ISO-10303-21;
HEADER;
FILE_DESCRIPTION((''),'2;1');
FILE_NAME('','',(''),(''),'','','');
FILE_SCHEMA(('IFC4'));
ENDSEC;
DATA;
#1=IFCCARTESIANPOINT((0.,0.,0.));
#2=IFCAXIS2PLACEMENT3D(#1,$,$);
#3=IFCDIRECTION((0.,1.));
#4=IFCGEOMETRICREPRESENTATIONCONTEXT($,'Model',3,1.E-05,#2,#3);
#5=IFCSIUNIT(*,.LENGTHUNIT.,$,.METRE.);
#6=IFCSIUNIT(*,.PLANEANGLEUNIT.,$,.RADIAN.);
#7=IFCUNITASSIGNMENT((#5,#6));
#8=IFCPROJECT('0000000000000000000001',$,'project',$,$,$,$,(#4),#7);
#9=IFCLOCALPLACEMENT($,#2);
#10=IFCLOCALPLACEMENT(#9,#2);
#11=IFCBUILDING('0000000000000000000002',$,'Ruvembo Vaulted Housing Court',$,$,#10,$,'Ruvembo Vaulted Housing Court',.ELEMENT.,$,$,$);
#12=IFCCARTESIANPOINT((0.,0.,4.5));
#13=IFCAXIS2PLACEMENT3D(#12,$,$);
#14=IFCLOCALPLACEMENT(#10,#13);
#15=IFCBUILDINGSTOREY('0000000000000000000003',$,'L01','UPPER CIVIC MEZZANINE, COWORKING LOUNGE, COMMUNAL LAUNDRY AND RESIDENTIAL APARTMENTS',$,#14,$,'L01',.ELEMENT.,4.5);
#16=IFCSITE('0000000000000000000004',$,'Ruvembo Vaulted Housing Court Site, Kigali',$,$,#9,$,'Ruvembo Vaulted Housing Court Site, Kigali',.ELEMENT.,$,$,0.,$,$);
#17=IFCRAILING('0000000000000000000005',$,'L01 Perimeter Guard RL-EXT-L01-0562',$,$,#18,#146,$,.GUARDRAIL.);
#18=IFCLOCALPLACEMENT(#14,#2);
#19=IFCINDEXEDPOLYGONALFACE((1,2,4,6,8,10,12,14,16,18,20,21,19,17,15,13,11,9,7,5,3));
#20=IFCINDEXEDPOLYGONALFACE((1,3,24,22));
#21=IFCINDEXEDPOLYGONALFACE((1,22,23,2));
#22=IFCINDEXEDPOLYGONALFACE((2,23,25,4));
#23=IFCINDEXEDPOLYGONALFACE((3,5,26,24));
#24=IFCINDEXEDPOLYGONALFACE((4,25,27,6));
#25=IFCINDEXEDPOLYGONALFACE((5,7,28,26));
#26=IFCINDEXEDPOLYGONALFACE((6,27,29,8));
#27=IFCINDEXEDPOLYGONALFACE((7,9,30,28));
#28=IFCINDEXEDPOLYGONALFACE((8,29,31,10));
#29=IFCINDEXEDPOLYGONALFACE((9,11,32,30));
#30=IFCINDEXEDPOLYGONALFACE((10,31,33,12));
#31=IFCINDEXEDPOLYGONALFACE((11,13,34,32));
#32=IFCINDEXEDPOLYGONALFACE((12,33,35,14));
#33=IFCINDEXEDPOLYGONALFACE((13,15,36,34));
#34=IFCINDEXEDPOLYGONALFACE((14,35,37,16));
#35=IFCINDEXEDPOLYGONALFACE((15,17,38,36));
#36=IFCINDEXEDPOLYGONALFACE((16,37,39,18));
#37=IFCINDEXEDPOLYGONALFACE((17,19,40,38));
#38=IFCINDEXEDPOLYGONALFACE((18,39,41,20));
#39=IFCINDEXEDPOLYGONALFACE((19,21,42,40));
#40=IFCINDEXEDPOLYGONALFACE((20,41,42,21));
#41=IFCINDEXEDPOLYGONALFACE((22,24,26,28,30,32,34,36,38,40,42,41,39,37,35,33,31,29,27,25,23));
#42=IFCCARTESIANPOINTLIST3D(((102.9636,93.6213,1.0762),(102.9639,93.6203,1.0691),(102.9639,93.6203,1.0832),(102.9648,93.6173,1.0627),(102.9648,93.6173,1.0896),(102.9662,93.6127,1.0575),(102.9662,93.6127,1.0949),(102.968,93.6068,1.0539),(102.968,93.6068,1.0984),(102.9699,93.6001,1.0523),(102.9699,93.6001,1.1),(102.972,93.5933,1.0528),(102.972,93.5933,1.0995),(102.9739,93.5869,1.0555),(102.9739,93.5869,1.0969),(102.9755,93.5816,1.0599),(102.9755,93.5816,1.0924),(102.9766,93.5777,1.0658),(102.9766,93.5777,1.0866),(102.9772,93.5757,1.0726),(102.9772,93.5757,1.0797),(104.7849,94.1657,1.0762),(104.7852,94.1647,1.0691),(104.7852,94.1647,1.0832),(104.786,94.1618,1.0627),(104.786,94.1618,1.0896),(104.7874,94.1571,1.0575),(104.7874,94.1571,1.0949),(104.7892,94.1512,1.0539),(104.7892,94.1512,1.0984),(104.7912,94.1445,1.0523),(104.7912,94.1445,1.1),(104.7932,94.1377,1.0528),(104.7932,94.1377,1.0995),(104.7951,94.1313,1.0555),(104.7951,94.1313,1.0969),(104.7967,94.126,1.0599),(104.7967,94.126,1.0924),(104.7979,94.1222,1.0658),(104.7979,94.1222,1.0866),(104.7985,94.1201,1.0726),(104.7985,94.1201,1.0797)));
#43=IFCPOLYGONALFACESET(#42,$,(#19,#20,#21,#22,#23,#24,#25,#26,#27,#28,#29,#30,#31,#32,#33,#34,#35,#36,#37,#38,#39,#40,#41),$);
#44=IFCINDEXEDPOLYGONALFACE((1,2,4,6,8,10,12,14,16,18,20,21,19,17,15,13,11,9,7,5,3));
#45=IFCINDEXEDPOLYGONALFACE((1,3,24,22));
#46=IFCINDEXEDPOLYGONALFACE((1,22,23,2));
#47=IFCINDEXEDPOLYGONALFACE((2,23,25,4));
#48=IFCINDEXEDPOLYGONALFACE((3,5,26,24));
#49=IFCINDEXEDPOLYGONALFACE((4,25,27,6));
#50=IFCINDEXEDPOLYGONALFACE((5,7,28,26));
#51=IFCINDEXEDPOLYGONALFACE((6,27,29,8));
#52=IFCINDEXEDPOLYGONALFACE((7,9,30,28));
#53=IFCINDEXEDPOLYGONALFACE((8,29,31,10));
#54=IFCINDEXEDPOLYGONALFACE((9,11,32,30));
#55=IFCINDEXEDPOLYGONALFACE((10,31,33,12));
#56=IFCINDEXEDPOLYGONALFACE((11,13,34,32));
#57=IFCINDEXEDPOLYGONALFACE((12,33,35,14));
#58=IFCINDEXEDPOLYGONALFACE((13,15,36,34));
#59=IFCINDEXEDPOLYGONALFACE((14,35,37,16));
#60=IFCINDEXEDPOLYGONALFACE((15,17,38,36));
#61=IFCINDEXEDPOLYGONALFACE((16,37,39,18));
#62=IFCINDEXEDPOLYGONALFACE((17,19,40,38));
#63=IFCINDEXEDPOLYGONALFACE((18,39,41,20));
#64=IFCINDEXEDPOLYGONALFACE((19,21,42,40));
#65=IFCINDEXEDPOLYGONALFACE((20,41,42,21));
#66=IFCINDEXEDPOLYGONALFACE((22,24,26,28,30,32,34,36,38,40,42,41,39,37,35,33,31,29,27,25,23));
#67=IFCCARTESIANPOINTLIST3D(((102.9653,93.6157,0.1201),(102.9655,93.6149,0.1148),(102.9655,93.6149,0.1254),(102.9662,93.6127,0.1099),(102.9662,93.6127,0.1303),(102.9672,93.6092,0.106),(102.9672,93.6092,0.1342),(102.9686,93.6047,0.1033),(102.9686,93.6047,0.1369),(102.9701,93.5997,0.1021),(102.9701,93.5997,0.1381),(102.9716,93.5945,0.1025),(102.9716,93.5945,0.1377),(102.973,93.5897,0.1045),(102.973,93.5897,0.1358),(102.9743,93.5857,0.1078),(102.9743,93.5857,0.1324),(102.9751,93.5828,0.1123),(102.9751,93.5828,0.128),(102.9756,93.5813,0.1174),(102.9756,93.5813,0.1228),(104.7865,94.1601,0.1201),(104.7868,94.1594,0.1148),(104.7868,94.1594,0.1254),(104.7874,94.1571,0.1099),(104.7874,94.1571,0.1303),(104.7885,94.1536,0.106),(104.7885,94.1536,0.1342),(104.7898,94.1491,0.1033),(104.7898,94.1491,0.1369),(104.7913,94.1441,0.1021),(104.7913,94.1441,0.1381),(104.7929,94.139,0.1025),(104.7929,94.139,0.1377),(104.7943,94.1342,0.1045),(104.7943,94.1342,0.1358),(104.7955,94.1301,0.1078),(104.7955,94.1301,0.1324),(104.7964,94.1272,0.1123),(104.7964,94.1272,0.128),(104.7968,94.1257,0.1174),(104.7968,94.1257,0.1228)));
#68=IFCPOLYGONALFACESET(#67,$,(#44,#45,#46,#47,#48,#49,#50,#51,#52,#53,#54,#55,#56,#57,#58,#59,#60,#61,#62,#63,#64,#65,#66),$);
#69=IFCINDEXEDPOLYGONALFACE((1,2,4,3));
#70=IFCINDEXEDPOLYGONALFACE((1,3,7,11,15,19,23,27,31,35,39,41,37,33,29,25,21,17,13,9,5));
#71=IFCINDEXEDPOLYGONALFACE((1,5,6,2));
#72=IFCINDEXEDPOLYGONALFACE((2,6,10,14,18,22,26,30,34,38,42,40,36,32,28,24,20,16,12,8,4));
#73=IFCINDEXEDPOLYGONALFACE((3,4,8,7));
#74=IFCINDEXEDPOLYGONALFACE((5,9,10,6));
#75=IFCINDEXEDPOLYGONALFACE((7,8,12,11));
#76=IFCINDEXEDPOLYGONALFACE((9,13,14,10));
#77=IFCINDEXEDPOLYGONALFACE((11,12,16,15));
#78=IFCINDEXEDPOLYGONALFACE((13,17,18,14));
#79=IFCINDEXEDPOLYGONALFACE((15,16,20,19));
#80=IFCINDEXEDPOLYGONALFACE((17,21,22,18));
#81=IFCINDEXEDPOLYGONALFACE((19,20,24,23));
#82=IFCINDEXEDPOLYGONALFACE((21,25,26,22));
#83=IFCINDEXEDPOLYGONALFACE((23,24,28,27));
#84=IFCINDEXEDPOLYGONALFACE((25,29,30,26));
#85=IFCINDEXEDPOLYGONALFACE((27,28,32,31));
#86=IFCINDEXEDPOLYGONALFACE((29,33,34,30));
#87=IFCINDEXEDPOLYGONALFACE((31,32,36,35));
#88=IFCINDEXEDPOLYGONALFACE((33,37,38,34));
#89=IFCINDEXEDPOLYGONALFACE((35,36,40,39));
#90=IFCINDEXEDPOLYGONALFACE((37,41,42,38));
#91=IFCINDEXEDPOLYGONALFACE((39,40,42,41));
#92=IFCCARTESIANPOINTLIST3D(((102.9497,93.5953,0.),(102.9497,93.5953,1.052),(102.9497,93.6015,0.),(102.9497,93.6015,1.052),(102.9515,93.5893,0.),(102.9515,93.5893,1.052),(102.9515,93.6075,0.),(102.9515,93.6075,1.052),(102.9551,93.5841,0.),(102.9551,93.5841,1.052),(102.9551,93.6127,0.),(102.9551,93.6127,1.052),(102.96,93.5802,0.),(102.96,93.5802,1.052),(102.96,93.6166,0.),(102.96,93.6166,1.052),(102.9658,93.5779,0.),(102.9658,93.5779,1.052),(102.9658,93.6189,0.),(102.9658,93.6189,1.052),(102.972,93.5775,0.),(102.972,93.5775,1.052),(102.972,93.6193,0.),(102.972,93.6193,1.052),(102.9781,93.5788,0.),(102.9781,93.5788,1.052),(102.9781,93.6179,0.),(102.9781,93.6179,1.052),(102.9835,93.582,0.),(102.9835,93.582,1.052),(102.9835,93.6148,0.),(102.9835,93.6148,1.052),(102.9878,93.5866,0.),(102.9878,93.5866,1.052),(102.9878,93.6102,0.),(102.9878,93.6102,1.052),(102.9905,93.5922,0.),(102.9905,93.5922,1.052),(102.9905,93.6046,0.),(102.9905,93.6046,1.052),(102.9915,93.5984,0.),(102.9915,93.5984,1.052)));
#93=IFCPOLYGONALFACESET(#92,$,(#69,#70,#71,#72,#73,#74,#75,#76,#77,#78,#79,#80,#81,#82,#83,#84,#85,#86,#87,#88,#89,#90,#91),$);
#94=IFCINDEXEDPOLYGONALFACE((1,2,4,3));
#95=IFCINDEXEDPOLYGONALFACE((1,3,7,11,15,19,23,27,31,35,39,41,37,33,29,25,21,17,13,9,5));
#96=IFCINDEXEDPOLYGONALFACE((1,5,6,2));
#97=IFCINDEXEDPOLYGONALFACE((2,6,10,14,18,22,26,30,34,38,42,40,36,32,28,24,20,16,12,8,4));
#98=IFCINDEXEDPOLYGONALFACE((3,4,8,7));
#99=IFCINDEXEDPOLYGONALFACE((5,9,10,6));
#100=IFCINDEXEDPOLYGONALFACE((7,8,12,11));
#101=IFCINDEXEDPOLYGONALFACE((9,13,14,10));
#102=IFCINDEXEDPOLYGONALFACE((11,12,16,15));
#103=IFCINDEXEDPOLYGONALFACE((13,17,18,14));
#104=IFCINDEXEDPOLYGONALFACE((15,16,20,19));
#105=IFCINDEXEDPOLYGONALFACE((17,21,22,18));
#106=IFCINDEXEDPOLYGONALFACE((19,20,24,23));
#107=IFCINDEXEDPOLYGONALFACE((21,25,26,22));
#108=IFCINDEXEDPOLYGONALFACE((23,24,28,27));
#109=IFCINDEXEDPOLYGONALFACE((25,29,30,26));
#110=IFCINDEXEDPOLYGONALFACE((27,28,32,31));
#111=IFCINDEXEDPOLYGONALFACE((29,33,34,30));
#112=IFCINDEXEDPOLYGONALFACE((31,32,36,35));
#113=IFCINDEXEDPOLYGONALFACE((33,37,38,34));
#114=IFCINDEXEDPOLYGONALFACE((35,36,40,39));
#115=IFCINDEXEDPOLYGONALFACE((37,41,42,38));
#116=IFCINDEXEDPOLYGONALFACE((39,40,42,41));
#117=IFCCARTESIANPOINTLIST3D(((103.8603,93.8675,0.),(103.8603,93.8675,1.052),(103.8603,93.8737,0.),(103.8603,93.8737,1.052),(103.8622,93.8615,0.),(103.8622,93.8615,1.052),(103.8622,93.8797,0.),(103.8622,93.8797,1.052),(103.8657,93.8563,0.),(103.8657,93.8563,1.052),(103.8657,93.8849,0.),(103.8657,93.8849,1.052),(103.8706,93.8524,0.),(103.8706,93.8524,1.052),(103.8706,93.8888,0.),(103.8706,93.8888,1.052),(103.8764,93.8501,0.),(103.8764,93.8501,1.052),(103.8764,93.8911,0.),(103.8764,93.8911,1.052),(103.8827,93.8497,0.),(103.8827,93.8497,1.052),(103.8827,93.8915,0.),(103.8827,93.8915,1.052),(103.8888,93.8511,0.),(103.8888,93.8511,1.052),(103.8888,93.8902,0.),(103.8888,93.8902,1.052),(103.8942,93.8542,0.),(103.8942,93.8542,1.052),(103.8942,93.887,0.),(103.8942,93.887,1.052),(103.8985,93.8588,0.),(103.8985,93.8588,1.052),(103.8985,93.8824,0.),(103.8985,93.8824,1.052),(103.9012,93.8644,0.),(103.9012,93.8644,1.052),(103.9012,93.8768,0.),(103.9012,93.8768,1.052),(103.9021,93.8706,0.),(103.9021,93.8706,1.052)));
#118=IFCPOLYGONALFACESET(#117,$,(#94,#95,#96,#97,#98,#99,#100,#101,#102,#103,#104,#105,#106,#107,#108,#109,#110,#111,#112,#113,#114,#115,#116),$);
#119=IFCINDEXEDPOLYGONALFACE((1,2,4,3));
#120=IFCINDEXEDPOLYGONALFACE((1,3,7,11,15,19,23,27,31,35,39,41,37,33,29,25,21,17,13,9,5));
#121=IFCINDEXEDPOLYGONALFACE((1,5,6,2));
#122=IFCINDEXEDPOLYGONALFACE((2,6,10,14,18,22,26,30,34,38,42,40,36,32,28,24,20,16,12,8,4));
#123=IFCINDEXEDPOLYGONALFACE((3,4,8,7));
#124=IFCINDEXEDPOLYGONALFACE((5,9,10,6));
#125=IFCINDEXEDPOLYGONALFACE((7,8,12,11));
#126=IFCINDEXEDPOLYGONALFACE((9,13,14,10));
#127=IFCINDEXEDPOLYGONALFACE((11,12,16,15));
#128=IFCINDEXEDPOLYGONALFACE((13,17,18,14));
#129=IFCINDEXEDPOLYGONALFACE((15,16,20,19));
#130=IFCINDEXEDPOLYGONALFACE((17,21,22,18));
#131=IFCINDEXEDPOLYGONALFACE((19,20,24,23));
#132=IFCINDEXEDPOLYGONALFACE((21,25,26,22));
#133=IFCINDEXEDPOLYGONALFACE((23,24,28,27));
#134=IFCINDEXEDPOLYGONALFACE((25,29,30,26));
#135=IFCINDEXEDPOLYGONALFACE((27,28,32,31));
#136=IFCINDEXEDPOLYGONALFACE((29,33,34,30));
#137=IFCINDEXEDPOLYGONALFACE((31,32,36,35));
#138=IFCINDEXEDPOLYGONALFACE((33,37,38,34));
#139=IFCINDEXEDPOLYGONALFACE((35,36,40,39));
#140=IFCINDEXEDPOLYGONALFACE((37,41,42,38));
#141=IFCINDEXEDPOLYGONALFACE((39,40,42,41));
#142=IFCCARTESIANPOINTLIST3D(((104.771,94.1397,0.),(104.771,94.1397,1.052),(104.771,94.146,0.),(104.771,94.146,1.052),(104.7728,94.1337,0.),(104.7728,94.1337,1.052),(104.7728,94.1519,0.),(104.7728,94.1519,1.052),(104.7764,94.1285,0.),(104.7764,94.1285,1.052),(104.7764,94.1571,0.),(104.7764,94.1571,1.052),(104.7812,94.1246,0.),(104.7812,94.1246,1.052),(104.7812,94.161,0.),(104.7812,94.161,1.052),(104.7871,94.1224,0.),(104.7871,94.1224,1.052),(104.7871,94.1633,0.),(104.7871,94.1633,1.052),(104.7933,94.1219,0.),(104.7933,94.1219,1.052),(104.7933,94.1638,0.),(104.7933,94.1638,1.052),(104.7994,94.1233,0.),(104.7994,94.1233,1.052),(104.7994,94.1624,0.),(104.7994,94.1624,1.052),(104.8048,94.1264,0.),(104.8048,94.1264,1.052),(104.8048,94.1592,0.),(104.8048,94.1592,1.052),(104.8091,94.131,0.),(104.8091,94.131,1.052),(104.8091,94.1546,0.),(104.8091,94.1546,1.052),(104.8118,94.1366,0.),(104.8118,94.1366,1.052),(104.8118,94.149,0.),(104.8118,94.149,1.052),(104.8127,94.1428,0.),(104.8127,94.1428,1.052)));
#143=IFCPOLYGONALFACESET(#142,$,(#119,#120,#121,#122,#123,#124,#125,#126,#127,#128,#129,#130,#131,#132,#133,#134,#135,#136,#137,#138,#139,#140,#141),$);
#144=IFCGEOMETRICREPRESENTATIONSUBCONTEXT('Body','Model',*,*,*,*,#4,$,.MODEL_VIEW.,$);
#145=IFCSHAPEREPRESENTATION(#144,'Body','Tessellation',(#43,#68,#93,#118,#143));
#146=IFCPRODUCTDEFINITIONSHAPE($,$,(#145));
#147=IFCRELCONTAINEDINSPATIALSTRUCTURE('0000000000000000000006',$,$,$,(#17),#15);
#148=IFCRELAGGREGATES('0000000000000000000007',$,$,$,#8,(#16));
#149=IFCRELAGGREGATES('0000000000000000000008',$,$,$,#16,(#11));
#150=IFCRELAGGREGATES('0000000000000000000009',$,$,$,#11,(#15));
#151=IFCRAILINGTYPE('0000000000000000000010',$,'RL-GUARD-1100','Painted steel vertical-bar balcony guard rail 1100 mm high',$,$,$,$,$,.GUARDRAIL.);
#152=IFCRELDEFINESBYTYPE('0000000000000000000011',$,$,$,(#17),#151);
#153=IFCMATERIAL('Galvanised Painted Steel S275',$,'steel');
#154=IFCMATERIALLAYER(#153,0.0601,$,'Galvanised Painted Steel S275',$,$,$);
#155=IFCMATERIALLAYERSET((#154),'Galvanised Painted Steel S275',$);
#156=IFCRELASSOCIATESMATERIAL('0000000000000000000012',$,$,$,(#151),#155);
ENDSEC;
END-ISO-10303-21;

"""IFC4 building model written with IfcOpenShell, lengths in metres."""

from ifc_helpers import new_model, si_unit, direction, frame, origin, origin_2d, place, context, subcontext, project, spatial, circle, extrude, material, layer, layer_set, type_object, element, save


model = new_model("IFC4")

# Units and contexts
model_context = context("Model", 3, precision=1e-05, world=origin(), true_north=direction((0.0, 1.0)))
body_context = subcontext(model_context, "Body", "Model", "MODEL_VIEW")
ifc_project = project(units=[si_unit("LENGTHUNIT", "METRE"), si_unit("PLANEANGLEUNIT", "RADIAN")], contexts=[model_context])

# Site, building, storey
site_placement = place(None, origin())
site = spatial("IfcSite", under=ifc_project, at=site_placement, Name="Ruvembo Vaulted Housing Court Site, Kigali", LongName="Ruvembo Vaulted Housing Court Site, Kigali", CompositionType="ELEMENT", RefElevation=0.0)
building_placement = place(site_placement, origin())
building = spatial("IfcBuilding", under=site, at=building_placement, Name="Ruvembo Vaulted Housing Court", LongName="Ruvembo Vaulted Housing Court", CompositionType="ELEMENT")
storey_placement = place(building_placement, frame((0.0, 0.0, 4.5)))
storey = spatial("IfcBuildingStorey", under=building, at=storey_placement, Name="L01", Description="UPPER CIVIC MEZZANINE, COWORKING LOUNGE, COMMUNAL LAUNDRY AND RESIDENTIAL APARTMENTS", LongName="L01", CompositionType="ELEMENT", Elevation=4.5)

# Railing
ifc_material_1 = material(Name="Galvanised Painted Steel S275", Category="steel")
ifc_layer = layer(ifc_material_1, 0.0601, Name="Galvanised Painted Steel S275")
ifc_layer_set = layer_set([ifc_layer], Name="Galvanised Painted Steel S275")
railing_type = type_object("IfcRailingType", Name="RL-GUARD-1100", Description="Painted steel vertical-bar balcony guard rail 1100 mm high", PredefinedType="GUARDRAIL", material=ifc_layer_set)
railing_1_placement = place(storey_placement, frame((102.9705, 93.5984, 0.0)))
element("IfcRailing", 1, at=railing_1_placement, inside=storey, type_object=railing_type, Name="L01 Perimeter Guard RL-EXT-L01-0562", PredefinedType="GUARDRAIL", context=body_context, shape_type="SweptSolid", body=[
    extrude(circle(Radius=0.0239, at=origin_2d()), frame((0.0, 0.0, 1.0762), z_axis=(0.958109, 0.286405, 0.0), x_axis=(-0.286405, 0.958109, 0.0)), (0.0, 0.0, 1.0), 1.9009),
    extrude(circle(Radius=0.0181, at=origin_2d()), frame((0.0, 0.0, 0.1201), z_axis=(0.958109, 0.286405, 0.0), x_axis=(-0.286405, 0.958109, 0.0)), (0.0, 0.0, 1.0), 1.9009),
    extrude(circle(Radius=0.021, at=origin_2d()), origin(), (0.0, 0.0, 1.0), 1.052),
    extrude(circle(Radius=0.021, at=origin_2d()), frame((0.9106, 0.2722, 0.0)), (0.0, 0.0, 1.0), 1.052),
    extrude(circle(Radius=0.021, at=origin_2d()), frame((1.8213, 0.5444, 0.0)), (0.0, 0.0, 1.0), 1.052),
])

save(model, "model.ifc")
